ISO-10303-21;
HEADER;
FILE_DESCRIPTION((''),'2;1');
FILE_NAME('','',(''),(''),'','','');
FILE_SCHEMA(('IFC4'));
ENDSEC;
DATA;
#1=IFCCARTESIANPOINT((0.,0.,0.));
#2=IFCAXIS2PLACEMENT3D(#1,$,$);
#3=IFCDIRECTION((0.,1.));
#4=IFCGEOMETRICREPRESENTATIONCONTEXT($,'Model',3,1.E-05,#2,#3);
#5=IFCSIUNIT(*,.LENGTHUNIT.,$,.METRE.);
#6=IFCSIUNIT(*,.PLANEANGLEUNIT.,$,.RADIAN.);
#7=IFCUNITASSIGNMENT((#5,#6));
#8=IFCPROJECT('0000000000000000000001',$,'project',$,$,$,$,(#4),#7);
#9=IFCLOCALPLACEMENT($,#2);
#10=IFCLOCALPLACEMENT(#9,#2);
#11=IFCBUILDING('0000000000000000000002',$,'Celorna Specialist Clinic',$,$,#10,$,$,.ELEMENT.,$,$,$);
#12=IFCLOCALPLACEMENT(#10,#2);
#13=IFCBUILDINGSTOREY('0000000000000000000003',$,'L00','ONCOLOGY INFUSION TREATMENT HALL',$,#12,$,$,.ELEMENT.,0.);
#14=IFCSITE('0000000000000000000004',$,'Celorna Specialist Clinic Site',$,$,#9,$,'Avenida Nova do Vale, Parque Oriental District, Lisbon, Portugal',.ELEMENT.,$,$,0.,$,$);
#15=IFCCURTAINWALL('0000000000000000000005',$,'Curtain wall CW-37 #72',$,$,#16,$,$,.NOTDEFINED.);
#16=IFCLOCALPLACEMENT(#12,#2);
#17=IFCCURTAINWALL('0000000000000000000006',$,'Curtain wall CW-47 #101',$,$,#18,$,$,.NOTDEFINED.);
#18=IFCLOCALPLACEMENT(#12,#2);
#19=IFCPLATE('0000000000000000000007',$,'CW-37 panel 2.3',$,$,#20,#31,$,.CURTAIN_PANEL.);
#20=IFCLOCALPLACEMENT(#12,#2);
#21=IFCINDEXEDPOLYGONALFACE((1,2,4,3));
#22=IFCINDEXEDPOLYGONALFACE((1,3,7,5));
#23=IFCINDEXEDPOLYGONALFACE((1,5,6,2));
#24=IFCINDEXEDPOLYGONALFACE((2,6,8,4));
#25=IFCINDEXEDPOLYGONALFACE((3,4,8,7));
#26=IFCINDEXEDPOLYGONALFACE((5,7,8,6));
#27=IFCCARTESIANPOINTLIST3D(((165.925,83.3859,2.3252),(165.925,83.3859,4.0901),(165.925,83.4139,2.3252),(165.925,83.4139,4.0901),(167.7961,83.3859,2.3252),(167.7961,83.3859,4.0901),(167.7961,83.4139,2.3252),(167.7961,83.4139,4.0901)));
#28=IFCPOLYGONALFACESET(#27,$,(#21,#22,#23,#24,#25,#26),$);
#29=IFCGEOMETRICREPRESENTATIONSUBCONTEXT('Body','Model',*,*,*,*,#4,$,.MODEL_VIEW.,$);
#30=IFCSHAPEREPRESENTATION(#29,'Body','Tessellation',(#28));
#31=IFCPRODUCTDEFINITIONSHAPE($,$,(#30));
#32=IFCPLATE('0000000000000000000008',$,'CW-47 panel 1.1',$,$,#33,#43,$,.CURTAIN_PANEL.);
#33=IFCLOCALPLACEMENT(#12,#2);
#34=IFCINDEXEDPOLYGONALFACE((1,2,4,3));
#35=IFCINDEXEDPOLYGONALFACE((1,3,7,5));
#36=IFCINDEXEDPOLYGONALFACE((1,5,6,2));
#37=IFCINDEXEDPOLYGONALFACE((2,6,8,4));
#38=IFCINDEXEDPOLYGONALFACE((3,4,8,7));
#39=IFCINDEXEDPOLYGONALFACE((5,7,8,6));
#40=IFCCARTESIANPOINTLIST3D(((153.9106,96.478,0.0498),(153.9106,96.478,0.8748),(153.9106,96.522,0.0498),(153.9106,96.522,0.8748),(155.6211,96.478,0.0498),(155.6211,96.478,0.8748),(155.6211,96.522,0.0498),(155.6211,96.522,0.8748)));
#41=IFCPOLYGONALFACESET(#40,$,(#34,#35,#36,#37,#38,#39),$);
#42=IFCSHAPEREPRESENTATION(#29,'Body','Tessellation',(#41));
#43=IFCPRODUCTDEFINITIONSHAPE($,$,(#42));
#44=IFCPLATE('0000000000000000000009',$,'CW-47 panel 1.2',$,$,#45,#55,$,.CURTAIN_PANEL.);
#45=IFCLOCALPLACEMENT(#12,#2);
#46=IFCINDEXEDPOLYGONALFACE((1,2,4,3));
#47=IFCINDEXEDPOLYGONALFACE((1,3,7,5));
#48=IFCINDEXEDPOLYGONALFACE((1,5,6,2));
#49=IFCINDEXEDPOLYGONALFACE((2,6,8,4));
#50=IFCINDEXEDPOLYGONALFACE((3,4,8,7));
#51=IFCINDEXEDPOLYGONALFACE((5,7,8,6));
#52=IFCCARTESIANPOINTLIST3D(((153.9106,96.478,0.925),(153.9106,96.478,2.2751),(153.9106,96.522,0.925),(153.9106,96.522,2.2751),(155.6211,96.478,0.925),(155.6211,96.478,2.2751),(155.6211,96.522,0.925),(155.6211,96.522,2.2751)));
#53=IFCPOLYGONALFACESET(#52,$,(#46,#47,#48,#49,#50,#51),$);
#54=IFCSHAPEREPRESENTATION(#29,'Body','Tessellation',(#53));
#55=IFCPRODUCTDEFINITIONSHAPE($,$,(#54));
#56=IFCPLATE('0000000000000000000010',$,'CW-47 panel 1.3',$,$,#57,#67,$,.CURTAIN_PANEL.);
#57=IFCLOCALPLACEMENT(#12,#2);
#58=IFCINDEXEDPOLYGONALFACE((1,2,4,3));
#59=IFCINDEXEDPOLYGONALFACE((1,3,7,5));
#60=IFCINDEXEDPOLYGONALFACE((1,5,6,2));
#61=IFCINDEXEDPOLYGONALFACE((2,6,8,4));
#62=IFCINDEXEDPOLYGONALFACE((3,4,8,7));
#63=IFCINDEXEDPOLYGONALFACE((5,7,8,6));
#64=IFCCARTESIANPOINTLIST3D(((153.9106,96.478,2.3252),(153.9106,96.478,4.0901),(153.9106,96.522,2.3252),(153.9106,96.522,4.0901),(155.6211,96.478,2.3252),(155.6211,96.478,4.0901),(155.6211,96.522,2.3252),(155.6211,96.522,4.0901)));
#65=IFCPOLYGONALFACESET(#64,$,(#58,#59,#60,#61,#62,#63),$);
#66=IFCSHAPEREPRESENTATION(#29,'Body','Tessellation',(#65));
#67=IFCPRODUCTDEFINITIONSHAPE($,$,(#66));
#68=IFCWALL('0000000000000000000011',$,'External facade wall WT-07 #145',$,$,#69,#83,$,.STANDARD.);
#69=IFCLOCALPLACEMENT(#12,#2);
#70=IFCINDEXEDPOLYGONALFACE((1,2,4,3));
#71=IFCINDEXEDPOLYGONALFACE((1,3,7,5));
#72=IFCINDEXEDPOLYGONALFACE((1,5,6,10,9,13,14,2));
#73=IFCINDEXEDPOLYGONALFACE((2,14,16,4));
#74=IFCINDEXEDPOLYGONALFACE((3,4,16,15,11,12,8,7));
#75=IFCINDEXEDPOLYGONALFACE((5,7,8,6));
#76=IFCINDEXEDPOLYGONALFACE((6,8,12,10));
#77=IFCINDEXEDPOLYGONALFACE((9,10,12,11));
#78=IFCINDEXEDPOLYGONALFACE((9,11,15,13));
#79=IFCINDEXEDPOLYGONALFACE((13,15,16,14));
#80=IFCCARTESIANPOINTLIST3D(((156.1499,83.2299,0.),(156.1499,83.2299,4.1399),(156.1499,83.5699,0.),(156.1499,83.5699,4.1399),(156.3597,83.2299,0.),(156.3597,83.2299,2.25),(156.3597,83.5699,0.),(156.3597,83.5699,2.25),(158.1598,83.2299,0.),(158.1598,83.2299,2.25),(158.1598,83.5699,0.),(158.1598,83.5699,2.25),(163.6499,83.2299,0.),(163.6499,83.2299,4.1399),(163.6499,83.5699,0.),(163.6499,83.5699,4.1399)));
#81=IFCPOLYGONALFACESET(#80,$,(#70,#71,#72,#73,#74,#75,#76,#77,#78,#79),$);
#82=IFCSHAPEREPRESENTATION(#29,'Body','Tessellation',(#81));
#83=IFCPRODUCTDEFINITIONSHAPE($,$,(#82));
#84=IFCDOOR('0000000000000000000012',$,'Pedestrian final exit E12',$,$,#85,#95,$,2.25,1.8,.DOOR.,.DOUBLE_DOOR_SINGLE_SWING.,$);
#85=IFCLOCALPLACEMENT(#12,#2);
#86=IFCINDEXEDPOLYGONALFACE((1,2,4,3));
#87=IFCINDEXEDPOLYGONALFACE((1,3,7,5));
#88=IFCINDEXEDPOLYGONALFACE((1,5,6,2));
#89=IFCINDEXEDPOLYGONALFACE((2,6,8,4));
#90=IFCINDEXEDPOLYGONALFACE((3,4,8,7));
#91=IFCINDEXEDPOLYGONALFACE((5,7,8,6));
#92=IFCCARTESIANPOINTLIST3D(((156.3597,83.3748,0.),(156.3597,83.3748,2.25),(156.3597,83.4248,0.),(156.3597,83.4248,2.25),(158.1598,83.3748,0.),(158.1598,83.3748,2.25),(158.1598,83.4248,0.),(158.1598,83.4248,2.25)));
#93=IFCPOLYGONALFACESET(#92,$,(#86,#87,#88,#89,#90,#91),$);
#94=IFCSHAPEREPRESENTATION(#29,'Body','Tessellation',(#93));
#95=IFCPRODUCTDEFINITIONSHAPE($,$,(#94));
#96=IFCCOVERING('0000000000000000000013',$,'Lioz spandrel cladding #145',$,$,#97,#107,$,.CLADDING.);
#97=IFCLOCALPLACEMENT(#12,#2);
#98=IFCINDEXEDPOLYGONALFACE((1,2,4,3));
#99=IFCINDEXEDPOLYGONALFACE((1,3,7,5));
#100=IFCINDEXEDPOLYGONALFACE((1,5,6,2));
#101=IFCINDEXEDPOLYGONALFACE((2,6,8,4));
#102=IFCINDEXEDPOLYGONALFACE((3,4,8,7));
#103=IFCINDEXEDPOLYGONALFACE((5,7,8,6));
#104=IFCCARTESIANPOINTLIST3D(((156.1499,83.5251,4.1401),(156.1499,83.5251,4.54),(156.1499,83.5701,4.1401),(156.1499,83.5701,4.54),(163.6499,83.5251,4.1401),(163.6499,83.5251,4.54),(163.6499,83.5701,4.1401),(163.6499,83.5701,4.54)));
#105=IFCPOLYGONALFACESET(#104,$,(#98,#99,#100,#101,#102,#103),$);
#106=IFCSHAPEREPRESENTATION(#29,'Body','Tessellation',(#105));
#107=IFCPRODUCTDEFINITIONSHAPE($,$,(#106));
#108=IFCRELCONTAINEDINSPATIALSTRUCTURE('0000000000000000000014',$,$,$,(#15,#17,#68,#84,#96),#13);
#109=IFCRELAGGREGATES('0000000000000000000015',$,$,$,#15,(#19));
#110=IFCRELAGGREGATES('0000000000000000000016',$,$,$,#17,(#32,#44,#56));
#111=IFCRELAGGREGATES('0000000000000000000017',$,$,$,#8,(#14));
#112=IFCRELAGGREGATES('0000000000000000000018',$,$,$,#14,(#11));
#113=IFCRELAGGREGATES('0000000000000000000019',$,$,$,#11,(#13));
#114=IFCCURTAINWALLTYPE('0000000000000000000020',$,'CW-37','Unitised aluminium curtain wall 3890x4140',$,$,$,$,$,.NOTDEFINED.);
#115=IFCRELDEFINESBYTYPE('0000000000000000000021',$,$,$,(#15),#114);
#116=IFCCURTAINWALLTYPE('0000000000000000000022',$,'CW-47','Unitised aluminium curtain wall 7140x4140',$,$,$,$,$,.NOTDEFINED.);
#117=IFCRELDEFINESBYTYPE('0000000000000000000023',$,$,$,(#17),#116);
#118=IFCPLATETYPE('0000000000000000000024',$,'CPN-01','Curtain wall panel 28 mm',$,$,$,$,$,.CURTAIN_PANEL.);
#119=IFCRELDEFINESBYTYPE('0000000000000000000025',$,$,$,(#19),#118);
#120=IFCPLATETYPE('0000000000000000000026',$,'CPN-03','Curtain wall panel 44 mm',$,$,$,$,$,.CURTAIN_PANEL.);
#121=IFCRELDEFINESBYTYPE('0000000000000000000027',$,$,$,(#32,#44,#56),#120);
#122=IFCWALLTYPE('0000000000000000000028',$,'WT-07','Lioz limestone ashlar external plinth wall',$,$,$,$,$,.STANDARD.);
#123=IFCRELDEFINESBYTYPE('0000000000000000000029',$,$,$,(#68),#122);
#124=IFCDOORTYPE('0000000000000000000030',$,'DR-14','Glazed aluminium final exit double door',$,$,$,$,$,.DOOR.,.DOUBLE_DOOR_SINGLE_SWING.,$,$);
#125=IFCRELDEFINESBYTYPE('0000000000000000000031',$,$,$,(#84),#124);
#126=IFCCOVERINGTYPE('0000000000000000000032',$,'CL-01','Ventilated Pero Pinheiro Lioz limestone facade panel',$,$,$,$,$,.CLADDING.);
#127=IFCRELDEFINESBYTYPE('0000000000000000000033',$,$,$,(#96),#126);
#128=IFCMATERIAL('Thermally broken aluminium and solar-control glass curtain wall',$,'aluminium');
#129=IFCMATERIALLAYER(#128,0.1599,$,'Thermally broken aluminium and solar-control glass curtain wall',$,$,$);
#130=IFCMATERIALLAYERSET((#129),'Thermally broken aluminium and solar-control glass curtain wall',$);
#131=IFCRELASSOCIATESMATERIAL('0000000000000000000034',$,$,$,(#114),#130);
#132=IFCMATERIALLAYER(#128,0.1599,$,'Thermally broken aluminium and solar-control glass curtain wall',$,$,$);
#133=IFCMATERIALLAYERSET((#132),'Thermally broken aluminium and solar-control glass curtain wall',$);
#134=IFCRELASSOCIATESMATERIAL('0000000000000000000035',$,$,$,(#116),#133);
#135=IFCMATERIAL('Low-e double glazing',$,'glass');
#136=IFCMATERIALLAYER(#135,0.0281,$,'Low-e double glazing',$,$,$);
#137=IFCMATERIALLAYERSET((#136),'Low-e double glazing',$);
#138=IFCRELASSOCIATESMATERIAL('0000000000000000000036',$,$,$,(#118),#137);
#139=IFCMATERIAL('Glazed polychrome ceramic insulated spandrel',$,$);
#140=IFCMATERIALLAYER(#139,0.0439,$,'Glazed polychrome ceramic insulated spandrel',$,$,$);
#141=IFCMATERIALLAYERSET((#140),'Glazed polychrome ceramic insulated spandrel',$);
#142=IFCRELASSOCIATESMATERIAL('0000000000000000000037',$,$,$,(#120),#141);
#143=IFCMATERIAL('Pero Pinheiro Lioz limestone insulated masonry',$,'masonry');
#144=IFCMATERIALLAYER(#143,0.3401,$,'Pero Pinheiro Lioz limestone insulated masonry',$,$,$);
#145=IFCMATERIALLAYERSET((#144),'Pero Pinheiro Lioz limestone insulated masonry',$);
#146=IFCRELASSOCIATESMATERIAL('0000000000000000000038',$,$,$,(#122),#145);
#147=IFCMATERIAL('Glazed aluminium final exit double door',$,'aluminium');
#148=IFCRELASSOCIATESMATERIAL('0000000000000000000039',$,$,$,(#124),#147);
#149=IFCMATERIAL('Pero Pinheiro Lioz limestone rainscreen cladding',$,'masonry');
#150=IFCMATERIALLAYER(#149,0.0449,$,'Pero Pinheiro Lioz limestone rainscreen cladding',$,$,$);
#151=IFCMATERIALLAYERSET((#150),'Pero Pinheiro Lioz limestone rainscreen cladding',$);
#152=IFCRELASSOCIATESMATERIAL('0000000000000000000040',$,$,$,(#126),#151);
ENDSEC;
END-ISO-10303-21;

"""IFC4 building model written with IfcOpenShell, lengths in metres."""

from ifc_helpers import new_model, si_unit, direction, frame, frame_2d, origin, origin_2d, place, context, subcontext, project, spatial, rectangle, extrude, material, layer, layer_set, type_object, element, fill, aggregate, save


model = new_model("IFC4")

# Units and contexts
model_context = context("Model", 3, precision=1e-05, world=origin(), true_north=direction((0.0, 1.0)))
body_context = subcontext(model_context, "Body", "Model", "MODEL_VIEW")
ifc_project = project(units=[si_unit("LENGTHUNIT", "METRE"), si_unit("PLANEANGLEUNIT", "RADIAN")], contexts=[model_context])

# Site, building, storey
site_placement = place(None, origin())
site = spatial("IfcSite", under=ifc_project, at=site_placement, Name="Celorna Specialist Clinic Site", LongName="Avenida Nova do Vale, Parque Oriental District, Lisbon, Portugal", CompositionType="ELEMENT", RefElevation=0.0)
building_placement = place(site_placement, origin())
building = spatial("IfcBuilding", under=site, at=building_placement, Name="Celorna Specialist Clinic", CompositionType="ELEMENT")
storey_placement = place(building_placement, origin())
storey = spatial("IfcBuildingStorey", under=building, at=storey_placement, Name="L00", Description="ONCOLOGY INFUSION TREATMENT HALL", CompositionType="ELEMENT", Elevation=0.0)

# Curtain wall
ifc_material_1 = material(Name="Thermally broken aluminium and solar-control glass curtain wall", Category="aluminium")
ifc_layer_1 = layer(ifc_material_1, 0.1599, Name="Thermally broken aluminium and solar-control glass curtain wall")
ifc_layer_set_1 = layer_set([ifc_layer_1], Name="Thermally broken aluminium and solar-control glass curtain wall")
curtain_wall_type_1 = type_object("IfcCurtainWallType", Name="CW-37", Description="Unitised aluminium curtain wall 3890x4140", PredefinedType="NOTDEFINED", material=ifc_layer_set_1)
curtain_wall_1_placement = place(storey_placement, origin())
curtain_wall_1 = element("IfcCurtainWall", 1, at=curtain_wall_1_placement, inside=storey, type_object=curtain_wall_type_1, Name="Curtain wall CW-37 #72", PredefinedType="NOTDEFINED")

# Curtain wall
ifc_layer_2 = layer(ifc_material_1, 0.1599, Name="Thermally broken aluminium and solar-control glass curtain wall")
ifc_layer_set_2 = layer_set([ifc_layer_2], Name="Thermally broken aluminium and solar-control glass curtain wall")
curtain_wall_type_2 = type_object("IfcCurtainWallType", Name="CW-47", Description="Unitised aluminium curtain wall 7140x4140", PredefinedType="NOTDEFINED", material=ifc_layer_set_2)
curtain_wall_2_placement = place(storey_placement, origin())
curtain_wall_2 = element("IfcCurtainWall", 2, at=curtain_wall_2_placement, inside=storey, type_object=curtain_wall_type_2, Name="Curtain wall CW-47 #101", PredefinedType="NOTDEFINED")

# Plates
ifc_material_2 = material(Name="Low-e double glazing", Category="glass")
ifc_layer_3 = layer(ifc_material_2, 0.0281, Name="Low-e double glazing")
ifc_layer_set_3 = layer_set([ifc_layer_3], Name="Low-e double glazing")
plate_type_1 = type_object("IfcPlateType", Name="CPN-01", Description="Curtain wall panel 28 mm", PredefinedType="CURTAIN_PANEL", material=ifc_layer_set_3)
plate_1_placement = place(storey_placement, frame((166.8606, 83.3999, 2.3252), z_axis=(0.0, 0.0, 1.0), x_axis=(1.0, 0.0, 0.0)))
plate_1 = element("IfcPlate", 3, at=plate_1_placement, type_object=plate_type_1, Name="CW-37 panel 2.3", PredefinedType="CURTAIN_PANEL", context=body_context, shape_type="SweptSolid", body=[
    extrude(rectangle(XDim=1.8711, YDim=0.0281, at=origin_2d()), origin(), (0.0, 0.0, 1.0), 1.7649),
])
aggregate(curtain_wall_1, [plate_1])
ifc_material_3 = material(Name="Glazed polychrome ceramic insulated spandrel")
ifc_layer_4 = layer(ifc_material_3, 0.0439, Name="Glazed polychrome ceramic insulated spandrel")
ifc_layer_set_4 = layer_set([ifc_layer_4], Name="Glazed polychrome ceramic insulated spandrel")
plate_type_2 = type_object("IfcPlateType", Name="CPN-03", Description="Curtain wall panel 44 mm", PredefinedType="CURTAIN_PANEL", material=ifc_layer_set_4)
plate_2_placement = place(storey_placement, frame((154.7659, 96.5, 0.0498), z_axis=(0.0, 0.0, 1.0), x_axis=(-1.0, 0.0, 0.0)))
plate_2 = element("IfcPlate", 4, at=plate_2_placement, type_object=plate_type_2, Name="CW-47 panel 1.1", PredefinedType="CURTAIN_PANEL", context=body_context, shape_type="SweptSolid", body=[
    extrude(rectangle(XDim=1.7104, YDim=0.0439, at=origin_2d()), origin(), (0.0, 0.0, 1.0), 0.825),
])
plate_3_placement = place(storey_placement, frame((154.7659, 96.5, 0.925), z_axis=(0.0, 0.0, 1.0), x_axis=(-1.0, 0.0, 0.0)))
plate_3 = element("IfcPlate", 5, at=plate_3_placement, type_object=plate_type_2, Name="CW-47 panel 1.2", PredefinedType="CURTAIN_PANEL", context=body_context, shape_type="SweptSolid", body=[
    extrude(rectangle(XDim=1.7104, YDim=0.0439, at=origin_2d()), origin(), (0.0, 0.0, 1.0), 1.3501),
])
plate_4_placement = place(storey_placement, frame((154.7659, 96.5, 2.3252), z_axis=(0.0, 0.0, 1.0), x_axis=(-1.0, 0.0, 0.0)))
plate_4 = element("IfcPlate", 6, at=plate_4_placement, type_object=plate_type_2, Name="CW-47 panel 1.3", PredefinedType="CURTAIN_PANEL", context=body_context, shape_type="SweptSolid", body=[
    extrude(rectangle(XDim=1.7104, YDim=0.0439, at=origin_2d()), origin(), (0.0, 0.0, 1.0), 1.7649),
])
aggregate(curtain_wall_2, [plate_2, plate_3, plate_4])

# Wall, opening, door
ifc_material_4 = material(Name="Pero Pinheiro Lioz limestone insulated masonry", Category="masonry")
ifc_layer_5 = layer(ifc_material_4, 0.3401, Name="Pero Pinheiro Lioz limestone insulated masonry")
ifc_layer_set_5 = layer_set([ifc_layer_5], Name="Pero Pinheiro Lioz limestone insulated masonry")
wall_type = type_object("IfcWallType", Name="WT-07", Description="Lioz limestone ashlar external plinth wall", PredefinedType="STANDARD", material=ifc_layer_set_5)
wall_placement = place(storey_placement, frame((156.1499, 83.3999, 0.0), z_axis=(0.0, 0.0, 1.0), x_axis=(1.0, 0.0, 0.0)))
wall = element("IfcWall", 7, at=wall_placement, inside=storey, type_object=wall_type, Name="External facade wall WT-07 #145", PredefinedType="STANDARD", context=body_context, shape_type="SweptSolid", body=[
    extrude(rectangle(XDim=7.5, YDim=0.3401, at=frame_2d((3.75, 0.0))), origin(), (0.0, 0.0, 1.0), 4.1399),
])
opening_placement = place(wall_placement, frame((0.21, 0.0, 0.0)))
opening = element("IfcOpeningElement", 8, at=opening_placement, cuts=wall, PredefinedType="OPENING", context=body_context, shape_type="SweptSolid", body=[
    extrude(rectangle(XDim=1.8, YDim=2.25, at=frame_2d((0.8999, 1.125))), frame((0.0, 0.1799, 0.0), z_axis=(0.0, -1.0, 0.0), x_axis=(1.0, 0.0, 0.0)), (0.0, 0.0, 1.0), 0.3601),
])
ifc_material_5 = material(Name="Glazed aluminium final exit double door", Category="aluminium")
door_type = type_object("IfcDoorType", Name="DR-14", Description="Glazed aluminium final exit double door", OperationType="DOUBLE_DOOR_SINGLE_SWING", PredefinedType="DOOR", material=ifc_material_5)
door_placement = place(opening_placement, origin())
door = element("IfcDoor", 9, at=door_placement, inside=storey, type_object=door_type, Name="Pedestrian final exit E12", OperationType="DOUBLE_DOOR_SINGLE_SWING", OverallHeight=2.25, OverallWidth=1.8, PredefinedType="DOOR", context=body_context, shape_type="SweptSolid", body=[
    extrude(rectangle(XDim=1.8, YDim=2.25, at=frame_2d((0.8999, 1.125))), frame((0.0, 0.0249, 0.0), z_axis=(0.0, -1.0, 0.0), x_axis=(1.0, 0.0, 0.0)), (0.0, 0.0, 1.0), 0.05),
])
fill(opening, door)

# Covering
ifc_material_6 = material(Name="Pero Pinheiro Lioz limestone rainscreen cladding", Category="masonry")
ifc_layer_6 = layer(ifc_material_6, 0.0449, Name="Pero Pinheiro Lioz limestone rainscreen cladding")
ifc_layer_set_6 = layer_set([ifc_layer_6], Name="Pero Pinheiro Lioz limestone rainscreen cladding")
covering_type = type_object("IfcCoveringType", Name="CL-01", Description="Ventilated Pero Pinheiro Lioz limestone facade panel", PredefinedType="CLADDING", material=ifc_layer_set_6)
covering_placement = place(storey_placement, frame((159.8999, 83.5476, 4.1401), z_axis=(0.0, 0.0, 1.0), x_axis=(1.0, 0.0, 0.0)))
element("IfcCovering", 10, at=covering_placement, inside=storey, type_object=covering_type, Name="Lioz spandrel cladding #145", PredefinedType="CLADDING", context=body_context, shape_type="SweptSolid", body=[
    extrude(rectangle(XDim=7.5, YDim=0.0449, at=origin_2d()), origin(), (0.0, 0.0, 1.0), 0.3999),
])

save(model, "model.ifc")
